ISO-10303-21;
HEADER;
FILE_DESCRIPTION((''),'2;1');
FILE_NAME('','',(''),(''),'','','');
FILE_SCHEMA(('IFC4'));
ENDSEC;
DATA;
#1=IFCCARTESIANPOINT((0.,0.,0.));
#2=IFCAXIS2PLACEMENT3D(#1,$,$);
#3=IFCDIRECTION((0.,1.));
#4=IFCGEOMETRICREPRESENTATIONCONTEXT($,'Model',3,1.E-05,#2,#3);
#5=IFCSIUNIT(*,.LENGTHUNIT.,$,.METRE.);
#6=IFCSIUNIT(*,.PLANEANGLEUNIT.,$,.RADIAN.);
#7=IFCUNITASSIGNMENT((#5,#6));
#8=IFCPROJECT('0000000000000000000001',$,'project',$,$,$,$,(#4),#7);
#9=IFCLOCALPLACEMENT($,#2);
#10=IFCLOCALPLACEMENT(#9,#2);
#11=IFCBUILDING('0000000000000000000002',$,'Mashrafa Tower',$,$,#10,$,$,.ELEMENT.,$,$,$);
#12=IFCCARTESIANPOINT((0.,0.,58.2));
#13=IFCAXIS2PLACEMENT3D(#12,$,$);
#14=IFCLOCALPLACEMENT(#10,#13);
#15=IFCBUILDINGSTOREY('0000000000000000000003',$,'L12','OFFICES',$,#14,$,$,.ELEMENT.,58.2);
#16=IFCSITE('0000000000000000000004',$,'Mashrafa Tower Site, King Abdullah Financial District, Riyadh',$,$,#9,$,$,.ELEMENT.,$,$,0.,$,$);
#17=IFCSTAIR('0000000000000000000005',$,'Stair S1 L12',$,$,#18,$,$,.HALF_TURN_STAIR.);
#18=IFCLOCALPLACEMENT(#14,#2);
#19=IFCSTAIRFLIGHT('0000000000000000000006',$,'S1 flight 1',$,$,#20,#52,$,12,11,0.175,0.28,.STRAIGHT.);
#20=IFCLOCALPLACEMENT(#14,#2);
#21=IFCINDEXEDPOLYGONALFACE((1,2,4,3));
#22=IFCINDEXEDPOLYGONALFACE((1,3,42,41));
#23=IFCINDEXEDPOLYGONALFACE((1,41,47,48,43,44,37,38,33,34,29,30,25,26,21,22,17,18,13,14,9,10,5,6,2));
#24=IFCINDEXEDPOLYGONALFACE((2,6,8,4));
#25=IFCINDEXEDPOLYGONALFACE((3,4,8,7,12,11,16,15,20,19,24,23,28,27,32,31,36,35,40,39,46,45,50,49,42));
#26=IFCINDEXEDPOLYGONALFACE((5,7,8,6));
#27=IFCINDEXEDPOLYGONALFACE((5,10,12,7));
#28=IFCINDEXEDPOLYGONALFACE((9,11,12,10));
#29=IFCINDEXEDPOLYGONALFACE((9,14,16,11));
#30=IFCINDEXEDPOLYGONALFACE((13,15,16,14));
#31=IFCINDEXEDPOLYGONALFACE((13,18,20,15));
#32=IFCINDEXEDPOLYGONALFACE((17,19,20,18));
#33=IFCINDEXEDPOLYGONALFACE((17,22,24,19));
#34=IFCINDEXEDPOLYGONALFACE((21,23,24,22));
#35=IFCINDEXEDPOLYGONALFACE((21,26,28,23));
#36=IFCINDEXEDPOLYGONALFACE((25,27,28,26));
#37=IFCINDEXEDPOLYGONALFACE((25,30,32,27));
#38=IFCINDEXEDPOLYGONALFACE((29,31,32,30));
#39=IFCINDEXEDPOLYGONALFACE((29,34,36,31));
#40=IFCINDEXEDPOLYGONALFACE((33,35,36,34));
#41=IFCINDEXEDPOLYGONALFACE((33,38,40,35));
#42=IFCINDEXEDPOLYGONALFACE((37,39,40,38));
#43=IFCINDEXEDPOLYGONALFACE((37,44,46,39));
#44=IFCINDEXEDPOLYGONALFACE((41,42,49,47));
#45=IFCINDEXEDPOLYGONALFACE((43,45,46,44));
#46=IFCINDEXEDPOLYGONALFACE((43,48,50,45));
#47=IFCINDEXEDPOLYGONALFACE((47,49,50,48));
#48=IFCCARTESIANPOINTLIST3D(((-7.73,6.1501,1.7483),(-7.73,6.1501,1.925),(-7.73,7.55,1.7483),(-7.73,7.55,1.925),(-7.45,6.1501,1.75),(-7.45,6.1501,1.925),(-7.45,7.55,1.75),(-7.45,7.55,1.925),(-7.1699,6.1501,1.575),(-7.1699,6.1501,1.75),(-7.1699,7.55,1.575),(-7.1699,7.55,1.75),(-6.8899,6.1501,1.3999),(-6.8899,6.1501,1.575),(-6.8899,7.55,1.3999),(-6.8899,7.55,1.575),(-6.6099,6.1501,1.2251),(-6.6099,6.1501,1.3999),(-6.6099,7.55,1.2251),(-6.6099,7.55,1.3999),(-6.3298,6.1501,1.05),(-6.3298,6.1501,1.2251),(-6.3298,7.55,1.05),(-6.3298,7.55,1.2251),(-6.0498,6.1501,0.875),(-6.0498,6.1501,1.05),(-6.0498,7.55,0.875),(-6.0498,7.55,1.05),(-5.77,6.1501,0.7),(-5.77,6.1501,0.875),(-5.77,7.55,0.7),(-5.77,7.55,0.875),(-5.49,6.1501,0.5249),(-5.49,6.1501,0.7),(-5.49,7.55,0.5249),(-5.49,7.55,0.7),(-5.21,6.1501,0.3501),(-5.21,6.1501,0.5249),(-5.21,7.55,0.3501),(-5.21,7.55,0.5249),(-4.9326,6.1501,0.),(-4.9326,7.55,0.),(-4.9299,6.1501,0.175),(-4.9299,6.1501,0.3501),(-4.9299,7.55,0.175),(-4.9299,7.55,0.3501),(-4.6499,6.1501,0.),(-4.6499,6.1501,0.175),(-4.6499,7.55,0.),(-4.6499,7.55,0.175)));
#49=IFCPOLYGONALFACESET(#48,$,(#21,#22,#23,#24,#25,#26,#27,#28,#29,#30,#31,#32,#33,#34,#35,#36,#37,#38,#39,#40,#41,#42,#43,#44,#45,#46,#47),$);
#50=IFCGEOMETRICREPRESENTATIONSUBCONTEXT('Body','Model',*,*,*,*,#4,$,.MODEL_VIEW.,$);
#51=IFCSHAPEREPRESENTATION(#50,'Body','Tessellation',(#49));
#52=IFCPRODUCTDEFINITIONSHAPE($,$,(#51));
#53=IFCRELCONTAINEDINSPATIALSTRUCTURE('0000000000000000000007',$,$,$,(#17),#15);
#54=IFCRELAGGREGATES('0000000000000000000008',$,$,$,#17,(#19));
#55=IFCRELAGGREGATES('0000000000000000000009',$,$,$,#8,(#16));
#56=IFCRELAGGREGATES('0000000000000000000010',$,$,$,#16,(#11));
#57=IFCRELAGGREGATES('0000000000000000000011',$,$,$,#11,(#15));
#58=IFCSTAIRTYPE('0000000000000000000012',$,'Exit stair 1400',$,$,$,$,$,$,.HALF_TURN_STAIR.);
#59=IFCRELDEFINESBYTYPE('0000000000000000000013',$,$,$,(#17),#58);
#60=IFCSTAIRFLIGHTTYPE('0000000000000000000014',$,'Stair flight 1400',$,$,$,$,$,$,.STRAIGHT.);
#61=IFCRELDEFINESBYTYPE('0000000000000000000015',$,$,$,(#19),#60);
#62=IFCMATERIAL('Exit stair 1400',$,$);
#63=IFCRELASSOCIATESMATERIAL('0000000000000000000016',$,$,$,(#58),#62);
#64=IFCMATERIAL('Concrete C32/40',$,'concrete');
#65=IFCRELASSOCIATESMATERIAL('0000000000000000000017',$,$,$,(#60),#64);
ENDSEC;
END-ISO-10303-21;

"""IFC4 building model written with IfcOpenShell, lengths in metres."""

from ifc_helpers import new_model, si_unit, direction, frame, origin, place, context, subcontext, project, spatial, polyline, outline, extrude, material, type_object, element, aggregate, save


model = new_model("IFC4")

# Units and contexts
model_context = context("Model", 3, precision=1e-05, world=origin(), true_north=direction((0.0, 1.0)))
body_context = subcontext(model_context, "Body", "Model", "MODEL_VIEW")
ifc_project = project(units=[si_unit("LENGTHUNIT", "METRE"), si_unit("PLANEANGLEUNIT", "RADIAN")], contexts=[model_context])

# Site, building, storey
site_placement = place(None, origin())
site = spatial("IfcSite", under=ifc_project, at=site_placement, Name="Mashrafa Tower Site, King Abdullah Financial District, Riyadh", CompositionType="ELEMENT", RefElevation=0.0)
building_placement = place(site_placement, origin())
building = spatial("IfcBuilding", under=site, at=building_placement, Name="Mashrafa Tower", CompositionType="ELEMENT")
storey_placement = place(building_placement, frame((0.0, 0.0, 58.2)))
storey = spatial("IfcBuildingStorey", under=building, at=storey_placement, Name="L12", Description="OFFICES", CompositionType="ELEMENT", Elevation=58.2)

# Stair, stair flight
ifc_material_1 = material(Name="Exit stair 1400")
stair_type = type_object("IfcStairType", Name="Exit stair 1400", PredefinedType="HALF_TURN_STAIR", material=ifc_material_1)
stair_placement = place(storey_placement, origin())
stair = element("IfcStair", 1, at=stair_placement, inside=storey, type_object=stair_type, Name="Stair S1 L12", PredefinedType="HALF_TURN_STAIR")
ifc_material_2 = material(Name="Concrete C32/40", Category="concrete")
stair_flight_type = type_object("IfcStairFlightType", Name="Stair flight 1400", PredefinedType="STRAIGHT", material=ifc_material_2)
stair_flight_placement = place(storey_placement, frame((-4.6499, 6.8501, 0.0), z_axis=(0.0, 0.0, 1.0), x_axis=(-1.0, 0.0, 0.0)))
stair_flight = element("IfcStairFlight", 2, at=stair_flight_placement, type_object=stair_flight_type, Name="S1 flight 1", NumberOfRisers=12, NumberOfTreads=11, PredefinedType="STRAIGHT", RiserHeight=0.175, TreadLength=0.28, context=body_context, shape_type="SweptSolid", body=[
    extrude(outline(polyline([(0.0, 0.0), (0.0, 0.175), (0.28, 0.175), (0.28, 0.3501), (0.5601, 0.3501), (0.5601, 0.5249), (0.8401, 0.5249), (0.8401, 0.7), (1.1201, 0.7), (1.1201, 0.875), (1.3999, 0.875), (1.3999, 1.05), (1.6799, 1.05), (1.6799, 1.2251), (1.96, 1.2251), (1.96, 1.3999), (2.24, 1.3999), (2.24, 1.575), (2.52, 1.575), (2.52, 1.75), (2.8, 1.75), (2.8, 1.925), (3.0801, 1.925), (3.0801, 2.1001), (3.0801, 1.7483), (0.2827, 0.0), (0.0, 0.0)])), frame((0.0, 0.7, 0.0), z_axis=(0.0, -1.0, 0.0), x_axis=(1.0, 0.0, 0.0)), (0.0, 0.0, 1.0), 1.3999),
])
aggregate(stair, [stair_flight])

save(model, "model.ifc")
